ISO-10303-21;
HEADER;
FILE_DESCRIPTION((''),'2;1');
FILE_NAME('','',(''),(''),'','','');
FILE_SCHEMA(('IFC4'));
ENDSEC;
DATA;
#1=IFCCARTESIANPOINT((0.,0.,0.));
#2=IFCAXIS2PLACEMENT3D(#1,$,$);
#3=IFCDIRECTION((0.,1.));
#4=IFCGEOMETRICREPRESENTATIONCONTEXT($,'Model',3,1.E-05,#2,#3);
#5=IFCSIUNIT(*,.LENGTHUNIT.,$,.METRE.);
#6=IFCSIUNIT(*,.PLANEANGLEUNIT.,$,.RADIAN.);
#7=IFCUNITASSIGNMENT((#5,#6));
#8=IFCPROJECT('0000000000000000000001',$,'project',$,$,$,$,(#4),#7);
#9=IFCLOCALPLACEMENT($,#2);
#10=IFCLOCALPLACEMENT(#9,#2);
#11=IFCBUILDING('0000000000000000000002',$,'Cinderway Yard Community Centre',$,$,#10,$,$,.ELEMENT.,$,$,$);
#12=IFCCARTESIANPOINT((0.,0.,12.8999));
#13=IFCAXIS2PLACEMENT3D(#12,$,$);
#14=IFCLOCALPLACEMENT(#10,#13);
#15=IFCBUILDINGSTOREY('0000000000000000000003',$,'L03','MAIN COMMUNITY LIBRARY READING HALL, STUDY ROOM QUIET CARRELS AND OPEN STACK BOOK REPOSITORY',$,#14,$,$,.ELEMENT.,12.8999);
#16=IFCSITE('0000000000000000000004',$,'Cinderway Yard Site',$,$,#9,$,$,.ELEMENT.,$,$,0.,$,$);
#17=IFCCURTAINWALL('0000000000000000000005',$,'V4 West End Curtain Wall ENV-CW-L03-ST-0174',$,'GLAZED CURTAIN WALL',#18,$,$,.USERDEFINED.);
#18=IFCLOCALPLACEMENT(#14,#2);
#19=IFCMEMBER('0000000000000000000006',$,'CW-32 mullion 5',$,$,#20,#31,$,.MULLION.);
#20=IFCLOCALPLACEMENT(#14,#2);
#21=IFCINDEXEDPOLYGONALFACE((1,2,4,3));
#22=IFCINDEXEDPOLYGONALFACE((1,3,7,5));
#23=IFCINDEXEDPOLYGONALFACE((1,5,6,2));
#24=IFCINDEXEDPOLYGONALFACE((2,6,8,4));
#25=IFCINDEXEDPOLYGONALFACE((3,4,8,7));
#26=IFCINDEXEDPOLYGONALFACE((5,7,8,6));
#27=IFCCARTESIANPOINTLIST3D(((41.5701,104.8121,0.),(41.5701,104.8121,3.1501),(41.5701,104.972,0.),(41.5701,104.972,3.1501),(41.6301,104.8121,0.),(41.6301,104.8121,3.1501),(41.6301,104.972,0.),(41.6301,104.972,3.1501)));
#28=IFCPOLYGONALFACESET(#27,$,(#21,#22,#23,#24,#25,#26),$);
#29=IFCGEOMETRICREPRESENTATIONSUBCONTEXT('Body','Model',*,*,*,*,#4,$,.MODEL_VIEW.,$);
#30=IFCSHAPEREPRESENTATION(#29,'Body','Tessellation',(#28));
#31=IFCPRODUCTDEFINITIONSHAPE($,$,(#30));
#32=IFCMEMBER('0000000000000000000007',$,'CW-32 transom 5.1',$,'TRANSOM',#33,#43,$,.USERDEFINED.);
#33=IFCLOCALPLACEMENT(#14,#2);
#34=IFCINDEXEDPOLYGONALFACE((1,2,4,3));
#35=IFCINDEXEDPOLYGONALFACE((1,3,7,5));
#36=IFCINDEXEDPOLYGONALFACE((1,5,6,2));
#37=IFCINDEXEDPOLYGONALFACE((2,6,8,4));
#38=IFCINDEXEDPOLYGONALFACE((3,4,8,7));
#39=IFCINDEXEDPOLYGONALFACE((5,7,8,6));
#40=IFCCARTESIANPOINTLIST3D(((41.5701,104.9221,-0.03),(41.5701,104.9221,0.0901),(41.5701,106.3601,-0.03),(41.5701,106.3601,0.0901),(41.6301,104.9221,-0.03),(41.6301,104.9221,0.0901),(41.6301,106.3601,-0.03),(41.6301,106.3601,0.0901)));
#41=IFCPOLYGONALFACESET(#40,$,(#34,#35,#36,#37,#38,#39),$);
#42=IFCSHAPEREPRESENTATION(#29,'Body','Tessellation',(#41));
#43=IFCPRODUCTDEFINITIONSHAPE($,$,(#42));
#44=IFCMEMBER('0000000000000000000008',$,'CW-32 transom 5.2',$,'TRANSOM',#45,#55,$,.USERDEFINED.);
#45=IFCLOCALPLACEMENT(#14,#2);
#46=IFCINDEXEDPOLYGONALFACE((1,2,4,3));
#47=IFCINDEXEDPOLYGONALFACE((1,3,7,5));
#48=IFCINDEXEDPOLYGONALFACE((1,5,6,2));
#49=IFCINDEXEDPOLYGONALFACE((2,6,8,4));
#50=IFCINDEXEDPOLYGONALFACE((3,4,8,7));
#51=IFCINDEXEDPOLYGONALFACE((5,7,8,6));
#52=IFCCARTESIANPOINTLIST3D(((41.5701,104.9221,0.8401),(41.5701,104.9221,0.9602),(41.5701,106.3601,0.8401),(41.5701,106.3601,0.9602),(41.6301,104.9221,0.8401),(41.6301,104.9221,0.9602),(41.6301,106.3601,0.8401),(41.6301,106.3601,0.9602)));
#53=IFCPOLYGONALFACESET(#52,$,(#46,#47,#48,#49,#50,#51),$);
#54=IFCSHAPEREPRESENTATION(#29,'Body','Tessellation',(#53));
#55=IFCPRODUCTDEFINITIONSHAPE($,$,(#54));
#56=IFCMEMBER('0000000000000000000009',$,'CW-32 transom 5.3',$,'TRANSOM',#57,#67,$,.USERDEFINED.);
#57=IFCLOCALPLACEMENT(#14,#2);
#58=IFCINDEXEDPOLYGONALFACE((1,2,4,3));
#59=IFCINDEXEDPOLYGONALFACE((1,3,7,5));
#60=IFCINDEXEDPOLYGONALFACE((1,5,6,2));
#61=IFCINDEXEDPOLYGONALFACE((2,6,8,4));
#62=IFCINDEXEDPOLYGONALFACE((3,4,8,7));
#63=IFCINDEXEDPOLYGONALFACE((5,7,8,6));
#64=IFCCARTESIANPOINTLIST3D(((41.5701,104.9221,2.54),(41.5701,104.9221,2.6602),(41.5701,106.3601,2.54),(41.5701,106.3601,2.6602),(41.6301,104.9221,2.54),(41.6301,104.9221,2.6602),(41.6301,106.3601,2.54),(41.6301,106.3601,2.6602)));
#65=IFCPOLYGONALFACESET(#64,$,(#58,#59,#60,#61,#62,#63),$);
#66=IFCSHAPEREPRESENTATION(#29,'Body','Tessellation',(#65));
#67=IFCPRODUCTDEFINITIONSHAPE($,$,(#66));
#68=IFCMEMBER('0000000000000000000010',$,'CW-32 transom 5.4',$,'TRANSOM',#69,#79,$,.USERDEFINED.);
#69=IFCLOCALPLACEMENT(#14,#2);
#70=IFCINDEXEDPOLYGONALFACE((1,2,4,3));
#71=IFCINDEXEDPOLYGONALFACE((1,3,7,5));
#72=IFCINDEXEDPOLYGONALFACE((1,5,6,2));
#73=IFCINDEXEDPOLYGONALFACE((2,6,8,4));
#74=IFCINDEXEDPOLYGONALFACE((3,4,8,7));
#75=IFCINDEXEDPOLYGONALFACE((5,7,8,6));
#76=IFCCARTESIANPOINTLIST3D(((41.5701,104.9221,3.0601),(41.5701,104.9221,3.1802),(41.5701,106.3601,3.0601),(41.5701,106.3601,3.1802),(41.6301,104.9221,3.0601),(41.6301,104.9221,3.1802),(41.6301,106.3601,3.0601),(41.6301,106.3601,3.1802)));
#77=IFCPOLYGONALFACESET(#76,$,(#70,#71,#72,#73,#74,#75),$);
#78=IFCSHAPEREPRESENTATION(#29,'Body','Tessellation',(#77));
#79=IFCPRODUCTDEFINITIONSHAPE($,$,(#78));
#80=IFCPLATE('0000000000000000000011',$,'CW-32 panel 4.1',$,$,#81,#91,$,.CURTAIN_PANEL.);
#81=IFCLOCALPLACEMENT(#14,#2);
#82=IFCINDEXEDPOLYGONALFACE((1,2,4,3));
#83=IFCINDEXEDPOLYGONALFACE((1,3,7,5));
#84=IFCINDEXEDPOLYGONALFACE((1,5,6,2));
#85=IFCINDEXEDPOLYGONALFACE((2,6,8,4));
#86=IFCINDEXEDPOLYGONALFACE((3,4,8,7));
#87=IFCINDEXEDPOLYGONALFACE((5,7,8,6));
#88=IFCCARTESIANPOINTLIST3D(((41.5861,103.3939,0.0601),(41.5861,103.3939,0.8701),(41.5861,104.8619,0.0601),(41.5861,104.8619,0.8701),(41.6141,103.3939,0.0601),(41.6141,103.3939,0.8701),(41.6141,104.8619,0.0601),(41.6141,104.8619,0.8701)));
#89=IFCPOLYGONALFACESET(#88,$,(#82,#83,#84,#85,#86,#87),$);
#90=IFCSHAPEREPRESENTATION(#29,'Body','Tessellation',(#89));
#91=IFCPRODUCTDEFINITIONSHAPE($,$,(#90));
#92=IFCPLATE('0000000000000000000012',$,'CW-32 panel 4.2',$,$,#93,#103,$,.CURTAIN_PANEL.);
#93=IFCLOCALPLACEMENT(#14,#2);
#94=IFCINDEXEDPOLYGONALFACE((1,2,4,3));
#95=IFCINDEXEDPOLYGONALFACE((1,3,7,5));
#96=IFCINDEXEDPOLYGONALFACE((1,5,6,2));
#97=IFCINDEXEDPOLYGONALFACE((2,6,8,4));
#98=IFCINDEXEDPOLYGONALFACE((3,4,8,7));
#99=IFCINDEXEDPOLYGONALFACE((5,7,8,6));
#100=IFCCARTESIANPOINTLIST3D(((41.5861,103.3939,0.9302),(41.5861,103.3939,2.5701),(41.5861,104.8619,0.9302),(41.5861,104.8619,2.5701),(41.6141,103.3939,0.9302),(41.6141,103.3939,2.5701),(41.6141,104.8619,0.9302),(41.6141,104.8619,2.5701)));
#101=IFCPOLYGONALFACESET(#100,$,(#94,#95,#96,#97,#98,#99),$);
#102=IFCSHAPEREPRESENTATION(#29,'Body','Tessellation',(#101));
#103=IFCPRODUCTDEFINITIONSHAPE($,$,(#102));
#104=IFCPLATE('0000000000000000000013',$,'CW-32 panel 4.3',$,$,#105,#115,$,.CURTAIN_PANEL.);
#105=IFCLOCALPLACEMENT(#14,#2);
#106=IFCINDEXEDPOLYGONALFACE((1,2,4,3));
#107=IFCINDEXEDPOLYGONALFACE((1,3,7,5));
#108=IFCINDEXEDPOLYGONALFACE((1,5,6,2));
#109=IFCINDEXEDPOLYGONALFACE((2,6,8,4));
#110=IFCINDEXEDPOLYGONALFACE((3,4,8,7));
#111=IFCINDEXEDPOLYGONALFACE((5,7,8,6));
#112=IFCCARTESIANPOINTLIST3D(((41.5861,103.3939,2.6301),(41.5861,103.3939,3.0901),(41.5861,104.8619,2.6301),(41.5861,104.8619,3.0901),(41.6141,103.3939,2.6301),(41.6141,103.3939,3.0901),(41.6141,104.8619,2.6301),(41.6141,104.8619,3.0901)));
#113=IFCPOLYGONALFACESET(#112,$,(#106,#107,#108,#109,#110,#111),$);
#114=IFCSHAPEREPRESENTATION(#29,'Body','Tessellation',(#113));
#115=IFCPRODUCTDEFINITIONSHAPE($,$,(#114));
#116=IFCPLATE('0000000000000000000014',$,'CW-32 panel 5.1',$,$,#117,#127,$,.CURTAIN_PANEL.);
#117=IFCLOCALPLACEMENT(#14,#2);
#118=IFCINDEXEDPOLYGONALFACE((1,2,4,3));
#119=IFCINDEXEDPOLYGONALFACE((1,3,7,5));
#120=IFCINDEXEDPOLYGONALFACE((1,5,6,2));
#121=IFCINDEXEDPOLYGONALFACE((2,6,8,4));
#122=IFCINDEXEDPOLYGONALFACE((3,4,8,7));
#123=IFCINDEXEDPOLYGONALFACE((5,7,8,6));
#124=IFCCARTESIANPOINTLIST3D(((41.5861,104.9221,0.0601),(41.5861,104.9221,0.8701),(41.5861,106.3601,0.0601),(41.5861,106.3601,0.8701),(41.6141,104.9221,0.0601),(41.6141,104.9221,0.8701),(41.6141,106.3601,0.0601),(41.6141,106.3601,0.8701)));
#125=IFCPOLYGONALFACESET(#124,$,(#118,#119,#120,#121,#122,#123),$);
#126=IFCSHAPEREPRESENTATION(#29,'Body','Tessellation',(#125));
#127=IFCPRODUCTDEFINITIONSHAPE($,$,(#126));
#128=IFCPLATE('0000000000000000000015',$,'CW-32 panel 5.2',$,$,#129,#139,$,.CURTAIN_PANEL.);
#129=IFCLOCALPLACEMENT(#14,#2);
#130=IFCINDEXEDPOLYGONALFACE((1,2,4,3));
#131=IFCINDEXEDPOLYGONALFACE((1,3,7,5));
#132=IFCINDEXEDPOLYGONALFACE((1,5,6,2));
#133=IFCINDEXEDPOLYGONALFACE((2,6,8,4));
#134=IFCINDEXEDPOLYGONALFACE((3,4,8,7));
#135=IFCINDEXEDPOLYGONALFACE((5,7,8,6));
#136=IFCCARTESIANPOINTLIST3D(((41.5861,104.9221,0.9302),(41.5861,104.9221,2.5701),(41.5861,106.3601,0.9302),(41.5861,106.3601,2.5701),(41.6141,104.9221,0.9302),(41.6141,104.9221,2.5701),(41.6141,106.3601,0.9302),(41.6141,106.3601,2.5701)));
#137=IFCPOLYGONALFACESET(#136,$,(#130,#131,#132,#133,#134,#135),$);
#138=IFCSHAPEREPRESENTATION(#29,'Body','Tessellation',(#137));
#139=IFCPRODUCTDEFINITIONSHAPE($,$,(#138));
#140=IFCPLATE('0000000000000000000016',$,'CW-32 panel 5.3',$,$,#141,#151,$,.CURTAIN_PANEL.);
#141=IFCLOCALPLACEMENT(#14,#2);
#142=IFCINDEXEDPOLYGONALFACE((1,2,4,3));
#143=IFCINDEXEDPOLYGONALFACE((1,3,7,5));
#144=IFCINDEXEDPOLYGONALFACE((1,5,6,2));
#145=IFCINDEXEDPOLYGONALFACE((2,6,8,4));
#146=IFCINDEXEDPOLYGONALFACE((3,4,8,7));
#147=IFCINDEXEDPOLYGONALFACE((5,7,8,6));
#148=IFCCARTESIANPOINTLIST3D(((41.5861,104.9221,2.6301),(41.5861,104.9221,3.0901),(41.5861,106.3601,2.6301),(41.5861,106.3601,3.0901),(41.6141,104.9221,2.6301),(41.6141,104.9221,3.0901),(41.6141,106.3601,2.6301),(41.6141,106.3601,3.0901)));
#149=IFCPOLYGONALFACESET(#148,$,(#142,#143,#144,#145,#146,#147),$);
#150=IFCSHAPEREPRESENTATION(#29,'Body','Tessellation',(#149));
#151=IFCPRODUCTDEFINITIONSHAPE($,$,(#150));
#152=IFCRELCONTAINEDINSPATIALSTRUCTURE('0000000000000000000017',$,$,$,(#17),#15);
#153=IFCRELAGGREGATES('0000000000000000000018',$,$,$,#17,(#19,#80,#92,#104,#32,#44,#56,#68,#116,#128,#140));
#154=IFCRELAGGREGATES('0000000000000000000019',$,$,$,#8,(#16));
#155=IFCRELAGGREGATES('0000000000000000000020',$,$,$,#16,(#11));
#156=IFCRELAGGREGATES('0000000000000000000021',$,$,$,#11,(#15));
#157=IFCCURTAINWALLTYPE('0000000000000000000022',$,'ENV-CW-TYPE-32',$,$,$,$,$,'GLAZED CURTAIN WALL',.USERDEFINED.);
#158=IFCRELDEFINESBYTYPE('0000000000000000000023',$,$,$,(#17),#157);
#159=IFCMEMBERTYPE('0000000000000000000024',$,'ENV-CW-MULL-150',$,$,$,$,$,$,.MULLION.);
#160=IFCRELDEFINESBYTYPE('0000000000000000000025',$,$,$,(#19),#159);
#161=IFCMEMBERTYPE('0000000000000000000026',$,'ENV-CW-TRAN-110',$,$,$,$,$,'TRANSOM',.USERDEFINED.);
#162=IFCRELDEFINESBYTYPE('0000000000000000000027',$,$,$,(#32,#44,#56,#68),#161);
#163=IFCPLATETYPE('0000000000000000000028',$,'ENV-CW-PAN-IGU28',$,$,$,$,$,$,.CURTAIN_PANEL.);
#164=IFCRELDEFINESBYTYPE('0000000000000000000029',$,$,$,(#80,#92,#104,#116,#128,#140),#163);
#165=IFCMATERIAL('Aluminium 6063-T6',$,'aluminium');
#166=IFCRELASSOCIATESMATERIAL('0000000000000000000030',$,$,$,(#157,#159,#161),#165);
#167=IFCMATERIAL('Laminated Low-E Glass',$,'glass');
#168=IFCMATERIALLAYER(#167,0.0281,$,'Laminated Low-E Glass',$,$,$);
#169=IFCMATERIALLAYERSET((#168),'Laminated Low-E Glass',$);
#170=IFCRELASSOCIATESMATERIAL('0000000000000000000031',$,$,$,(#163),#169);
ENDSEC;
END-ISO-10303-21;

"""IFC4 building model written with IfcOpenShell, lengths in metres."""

from ifc_helpers import new_model, si_unit, direction, frame, origin, origin_2d, place, context, subcontext, project, spatial, rectangle, extrude, material, layer, layer_set, material_profile, profile_set, type_object, element, aggregate, save


model = new_model("IFC4")

# Units and contexts
model_context = context("Model", 3, precision=1e-05, world=origin(), true_north=direction((0.0, 1.0)))
body_context = subcontext(model_context, "Body", "Model", "MODEL_VIEW")
ifc_project = project(units=[si_unit("LENGTHUNIT", "METRE"), si_unit("PLANEANGLEUNIT", "RADIAN")], contexts=[model_context])

# Site, building, storey
site_placement = place(None, origin())
site = spatial("IfcSite", under=ifc_project, at=site_placement, Name="Cinderway Yard Site", CompositionType="ELEMENT", RefElevation=0.0)
building_placement = place(site_placement, origin())
building = spatial("IfcBuilding", under=site, at=building_placement, Name="Cinderway Yard Community Centre", CompositionType="ELEMENT")
storey_placement = place(building_placement, frame((0.0, 0.0, 12.8999)))
storey = spatial("IfcBuildingStorey", under=building, at=storey_placement, Name="L03", Description="MAIN COMMUNITY LIBRARY READING HALL, STUDY ROOM QUIET CARRELS AND OPEN STACK BOOK REPOSITORY", CompositionType="ELEMENT", Elevation=12.8999)

# Curtain wall, members, plates
ifc_material_1 = material(Name="Aluminium 6063-T6", Category="aluminium")
curtain_wall_type = type_object("IfcCurtainWallType", Name="ENV-CW-TYPE-32", ElementType="GLAZED CURTAIN WALL", PredefinedType="USERDEFINED", material=ifc_material_1)
curtain_wall_placement = place(storey_placement, origin())
curtain_wall = element("IfcCurtainWall", 1, at=curtain_wall_placement, inside=storey, type_object=curtain_wall_type, Name="V4 West End Curtain Wall ENV-CW-L03-ST-0174", ObjectType="GLAZED CURTAIN WALL", PredefinedType="USERDEFINED")
ifc_material_profile_1 = material_profile(ifc_material_1, rectangle(XDim=0.0601, YDim=0.1599, at=origin_2d()), Name="Aluminium 6063-T6")
ifc_profile_set_1 = profile_set([ifc_material_profile_1], Name="Aluminium 6063-T6")
member_type_1 = type_object("IfcMemberType", Name="ENV-CW-MULL-150", PredefinedType="MULLION", material=ifc_profile_set_1)
member_1_placement = place(storey_placement, frame((41.6001, 104.8921, 0.0), z_axis=(0.0, 0.0, 1.0), x_axis=(-1.0, 0.0, 0.0)))
member_1 = element("IfcMember", 2, at=member_1_placement, type_object=member_type_1, Name="CW-32 mullion 5", PredefinedType="MULLION", context=body_context, shape_type="SweptSolid", body=[
    extrude(rectangle(XDim=0.0601, YDim=0.1599, at=origin_2d()), origin(), (0.0, 0.0, 1.0), 3.1501),
])
ifc_material_profile_2 = material_profile(ifc_material_1, rectangle(XDim=0.0601, YDim=0.1201, at=origin_2d()), Name="Aluminium 6063-T6")
ifc_profile_set_2 = profile_set([ifc_material_profile_2], Name="Aluminium 6063-T6")
member_type_2 = type_object("IfcMemberType", Name="ENV-CW-TRAN-110", ElementType="TRANSOM", PredefinedType="USERDEFINED", material=ifc_profile_set_2)
member_2_placement = place(storey_placement, frame((41.6001, 104.9221, 0.03), z_axis=(0.0, 1.0, 0.0), x_axis=(-1.0, 0.0, 0.0)))
member_2 = element("IfcMember", 3, at=member_2_placement, type_object=member_type_2, Name="CW-32 transom 5.1", ObjectType="TRANSOM", PredefinedType="USERDEFINED", context=body_context, shape_type="SweptSolid", body=[
    extrude(rectangle(XDim=0.0601, YDim=0.1201, at=origin_2d()), origin(), (0.0, 0.0, 1.0), 1.438),
])
member_3_placement = place(storey_placement, frame((41.6001, 104.9221, 0.9001), z_axis=(0.0, 1.0, 0.0), x_axis=(-1.0, 0.0, 0.0)))
member_3 = element("IfcMember", 4, at=member_3_placement, type_object=member_type_2, Name="CW-32 transom 5.2", ObjectType="TRANSOM", PredefinedType="USERDEFINED", context=body_context, shape_type="SweptSolid", body=[
    extrude(rectangle(XDim=0.0601, YDim=0.1201, at=origin_2d()), origin(), (0.0, 0.0, 1.0), 1.438),
])
member_4_placement = place(storey_placement, frame((41.6001, 104.9221, 2.6001), z_axis=(0.0, 1.0, 0.0), x_axis=(-1.0, 0.0, 0.0)))
member_4 = element("IfcMember", 5, at=member_4_placement, type_object=member_type_2, Name="CW-32 transom 5.3", ObjectType="TRANSOM", PredefinedType="USERDEFINED", context=body_context, shape_type="SweptSolid", body=[
    extrude(rectangle(XDim=0.0601, YDim=0.1201, at=origin_2d()), origin(), (0.0, 0.0, 1.0), 1.438),
])
member_5_placement = place(storey_placement, frame((41.6001, 104.9221, 3.1201), z_axis=(0.0, 1.0, 0.0), x_axis=(-1.0, 0.0, 0.0)))
member_5 = element("IfcMember", 6, at=member_5_placement, type_object=member_type_2, Name="CW-32 transom 5.4", ObjectType="TRANSOM", PredefinedType="USERDEFINED", context=body_context, shape_type="SweptSolid", body=[
    extrude(rectangle(XDim=0.0601, YDim=0.1201, at=origin_2d()), origin(), (0.0, 0.0, 1.0), 1.438),
])
ifc_material_2 = material(Name="Laminated Low-E Glass", Category="glass")
ifc_layer = layer(ifc_material_2, 0.0281, Name="Laminated Low-E Glass")
ifc_layer_set = layer_set([ifc_layer], Name="Laminated Low-E Glass")
plate_type = type_object("IfcPlateType", Name="ENV-CW-PAN-IGU28", PredefinedType="CURTAIN_PANEL", material=ifc_layer_set)
plate_1_placement = place(storey_placement, frame((41.6001, 104.1279, 0.0601), z_axis=(0.0, 0.0, 1.0), x_axis=(0.0, 1.0, 0.0)))
plate_1 = element("IfcPlate", 7, at=plate_1_placement, type_object=plate_type, Name="CW-32 panel 4.1", PredefinedType="CURTAIN_PANEL", context=body_context, shape_type="SweptSolid", body=[
    extrude(rectangle(XDim=1.468, YDim=0.0281, at=origin_2d()), origin(), (0.0, 0.0, 1.0), 0.8101),
])
plate_2_placement = place(storey_placement, frame((41.6001, 104.1279, 0.9302), z_axis=(0.0, 0.0, 1.0), x_axis=(0.0, 1.0, 0.0)))
plate_2 = element("IfcPlate", 8, at=plate_2_placement, type_object=plate_type, Name="CW-32 panel 4.2", PredefinedType="CURTAIN_PANEL", context=body_context, shape_type="SweptSolid", body=[
    extrude(rectangle(XDim=1.468, YDim=0.0281, at=origin_2d()), origin(), (0.0, 0.0, 1.0), 1.6399),
])
plate_3_placement = place(storey_placement, frame((41.6001, 104.1279, 2.6301), z_axis=(0.0, 0.0, 1.0), x_axis=(0.0, 1.0, 0.0)))
plate_3 = element("IfcPlate", 9, at=plate_3_placement, type_object=plate_type, Name="CW-32 panel 4.3", PredefinedType="CURTAIN_PANEL", context=body_context, shape_type="SweptSolid", body=[
    extrude(rectangle(XDim=1.468, YDim=0.0281, at=origin_2d()), origin(), (0.0, 0.0, 1.0), 0.46),
])
plate_4_placement = place(storey_placement, frame((41.6001, 105.6411, 0.0601), z_axis=(0.0, 0.0, 1.0), x_axis=(0.0, 1.0, 0.0)))
plate_4 = element("IfcPlate", 10, at=plate_4_placement, type_object=plate_type, Name="CW-32 panel 5.1", PredefinedType="CURTAIN_PANEL", context=body_context, shape_type="SweptSolid", body=[
    extrude(rectangle(XDim=1.438, YDim=0.0281, at=origin_2d()), origin(), (0.0, 0.0, 1.0), 0.8101),
])
plate_5_placement = place(storey_placement, frame((41.6001, 105.6411, 0.9302), z_axis=(0.0, 0.0, 1.0), x_axis=(0.0, 1.0, 0.0)))
plate_5 = element("IfcPlate", 11, at=plate_5_placement, type_object=plate_type, Name="CW-32 panel 5.2", PredefinedType="CURTAIN_PANEL", context=body_context, shape_type="SweptSolid", body=[
    extrude(rectangle(XDim=1.438, YDim=0.0281, at=origin_2d()), origin(), (0.0, 0.0, 1.0), 1.6399),
])
plate_6_placement = place(storey_placement, frame((41.6001, 105.6411, 2.6301), z_axis=(0.0, 0.0, 1.0), x_axis=(0.0, 1.0, 0.0)))
plate_6 = element("IfcPlate", 12, at=plate_6_placement, type_object=plate_type, Name="CW-32 panel 5.3", PredefinedType="CURTAIN_PANEL", context=body_context, shape_type="SweptSolid", body=[
    extrude(rectangle(XDim=1.438, YDim=0.0281, at=origin_2d()), origin(), (0.0, 0.0, 1.0), 0.46),
])
aggregate(curtain_wall, [member_1, plate_1, plate_2, plate_3, member_2, member_3, member_4, member_5, plate_4, plate_5, plate_6])

save(model, "model.ifc")
